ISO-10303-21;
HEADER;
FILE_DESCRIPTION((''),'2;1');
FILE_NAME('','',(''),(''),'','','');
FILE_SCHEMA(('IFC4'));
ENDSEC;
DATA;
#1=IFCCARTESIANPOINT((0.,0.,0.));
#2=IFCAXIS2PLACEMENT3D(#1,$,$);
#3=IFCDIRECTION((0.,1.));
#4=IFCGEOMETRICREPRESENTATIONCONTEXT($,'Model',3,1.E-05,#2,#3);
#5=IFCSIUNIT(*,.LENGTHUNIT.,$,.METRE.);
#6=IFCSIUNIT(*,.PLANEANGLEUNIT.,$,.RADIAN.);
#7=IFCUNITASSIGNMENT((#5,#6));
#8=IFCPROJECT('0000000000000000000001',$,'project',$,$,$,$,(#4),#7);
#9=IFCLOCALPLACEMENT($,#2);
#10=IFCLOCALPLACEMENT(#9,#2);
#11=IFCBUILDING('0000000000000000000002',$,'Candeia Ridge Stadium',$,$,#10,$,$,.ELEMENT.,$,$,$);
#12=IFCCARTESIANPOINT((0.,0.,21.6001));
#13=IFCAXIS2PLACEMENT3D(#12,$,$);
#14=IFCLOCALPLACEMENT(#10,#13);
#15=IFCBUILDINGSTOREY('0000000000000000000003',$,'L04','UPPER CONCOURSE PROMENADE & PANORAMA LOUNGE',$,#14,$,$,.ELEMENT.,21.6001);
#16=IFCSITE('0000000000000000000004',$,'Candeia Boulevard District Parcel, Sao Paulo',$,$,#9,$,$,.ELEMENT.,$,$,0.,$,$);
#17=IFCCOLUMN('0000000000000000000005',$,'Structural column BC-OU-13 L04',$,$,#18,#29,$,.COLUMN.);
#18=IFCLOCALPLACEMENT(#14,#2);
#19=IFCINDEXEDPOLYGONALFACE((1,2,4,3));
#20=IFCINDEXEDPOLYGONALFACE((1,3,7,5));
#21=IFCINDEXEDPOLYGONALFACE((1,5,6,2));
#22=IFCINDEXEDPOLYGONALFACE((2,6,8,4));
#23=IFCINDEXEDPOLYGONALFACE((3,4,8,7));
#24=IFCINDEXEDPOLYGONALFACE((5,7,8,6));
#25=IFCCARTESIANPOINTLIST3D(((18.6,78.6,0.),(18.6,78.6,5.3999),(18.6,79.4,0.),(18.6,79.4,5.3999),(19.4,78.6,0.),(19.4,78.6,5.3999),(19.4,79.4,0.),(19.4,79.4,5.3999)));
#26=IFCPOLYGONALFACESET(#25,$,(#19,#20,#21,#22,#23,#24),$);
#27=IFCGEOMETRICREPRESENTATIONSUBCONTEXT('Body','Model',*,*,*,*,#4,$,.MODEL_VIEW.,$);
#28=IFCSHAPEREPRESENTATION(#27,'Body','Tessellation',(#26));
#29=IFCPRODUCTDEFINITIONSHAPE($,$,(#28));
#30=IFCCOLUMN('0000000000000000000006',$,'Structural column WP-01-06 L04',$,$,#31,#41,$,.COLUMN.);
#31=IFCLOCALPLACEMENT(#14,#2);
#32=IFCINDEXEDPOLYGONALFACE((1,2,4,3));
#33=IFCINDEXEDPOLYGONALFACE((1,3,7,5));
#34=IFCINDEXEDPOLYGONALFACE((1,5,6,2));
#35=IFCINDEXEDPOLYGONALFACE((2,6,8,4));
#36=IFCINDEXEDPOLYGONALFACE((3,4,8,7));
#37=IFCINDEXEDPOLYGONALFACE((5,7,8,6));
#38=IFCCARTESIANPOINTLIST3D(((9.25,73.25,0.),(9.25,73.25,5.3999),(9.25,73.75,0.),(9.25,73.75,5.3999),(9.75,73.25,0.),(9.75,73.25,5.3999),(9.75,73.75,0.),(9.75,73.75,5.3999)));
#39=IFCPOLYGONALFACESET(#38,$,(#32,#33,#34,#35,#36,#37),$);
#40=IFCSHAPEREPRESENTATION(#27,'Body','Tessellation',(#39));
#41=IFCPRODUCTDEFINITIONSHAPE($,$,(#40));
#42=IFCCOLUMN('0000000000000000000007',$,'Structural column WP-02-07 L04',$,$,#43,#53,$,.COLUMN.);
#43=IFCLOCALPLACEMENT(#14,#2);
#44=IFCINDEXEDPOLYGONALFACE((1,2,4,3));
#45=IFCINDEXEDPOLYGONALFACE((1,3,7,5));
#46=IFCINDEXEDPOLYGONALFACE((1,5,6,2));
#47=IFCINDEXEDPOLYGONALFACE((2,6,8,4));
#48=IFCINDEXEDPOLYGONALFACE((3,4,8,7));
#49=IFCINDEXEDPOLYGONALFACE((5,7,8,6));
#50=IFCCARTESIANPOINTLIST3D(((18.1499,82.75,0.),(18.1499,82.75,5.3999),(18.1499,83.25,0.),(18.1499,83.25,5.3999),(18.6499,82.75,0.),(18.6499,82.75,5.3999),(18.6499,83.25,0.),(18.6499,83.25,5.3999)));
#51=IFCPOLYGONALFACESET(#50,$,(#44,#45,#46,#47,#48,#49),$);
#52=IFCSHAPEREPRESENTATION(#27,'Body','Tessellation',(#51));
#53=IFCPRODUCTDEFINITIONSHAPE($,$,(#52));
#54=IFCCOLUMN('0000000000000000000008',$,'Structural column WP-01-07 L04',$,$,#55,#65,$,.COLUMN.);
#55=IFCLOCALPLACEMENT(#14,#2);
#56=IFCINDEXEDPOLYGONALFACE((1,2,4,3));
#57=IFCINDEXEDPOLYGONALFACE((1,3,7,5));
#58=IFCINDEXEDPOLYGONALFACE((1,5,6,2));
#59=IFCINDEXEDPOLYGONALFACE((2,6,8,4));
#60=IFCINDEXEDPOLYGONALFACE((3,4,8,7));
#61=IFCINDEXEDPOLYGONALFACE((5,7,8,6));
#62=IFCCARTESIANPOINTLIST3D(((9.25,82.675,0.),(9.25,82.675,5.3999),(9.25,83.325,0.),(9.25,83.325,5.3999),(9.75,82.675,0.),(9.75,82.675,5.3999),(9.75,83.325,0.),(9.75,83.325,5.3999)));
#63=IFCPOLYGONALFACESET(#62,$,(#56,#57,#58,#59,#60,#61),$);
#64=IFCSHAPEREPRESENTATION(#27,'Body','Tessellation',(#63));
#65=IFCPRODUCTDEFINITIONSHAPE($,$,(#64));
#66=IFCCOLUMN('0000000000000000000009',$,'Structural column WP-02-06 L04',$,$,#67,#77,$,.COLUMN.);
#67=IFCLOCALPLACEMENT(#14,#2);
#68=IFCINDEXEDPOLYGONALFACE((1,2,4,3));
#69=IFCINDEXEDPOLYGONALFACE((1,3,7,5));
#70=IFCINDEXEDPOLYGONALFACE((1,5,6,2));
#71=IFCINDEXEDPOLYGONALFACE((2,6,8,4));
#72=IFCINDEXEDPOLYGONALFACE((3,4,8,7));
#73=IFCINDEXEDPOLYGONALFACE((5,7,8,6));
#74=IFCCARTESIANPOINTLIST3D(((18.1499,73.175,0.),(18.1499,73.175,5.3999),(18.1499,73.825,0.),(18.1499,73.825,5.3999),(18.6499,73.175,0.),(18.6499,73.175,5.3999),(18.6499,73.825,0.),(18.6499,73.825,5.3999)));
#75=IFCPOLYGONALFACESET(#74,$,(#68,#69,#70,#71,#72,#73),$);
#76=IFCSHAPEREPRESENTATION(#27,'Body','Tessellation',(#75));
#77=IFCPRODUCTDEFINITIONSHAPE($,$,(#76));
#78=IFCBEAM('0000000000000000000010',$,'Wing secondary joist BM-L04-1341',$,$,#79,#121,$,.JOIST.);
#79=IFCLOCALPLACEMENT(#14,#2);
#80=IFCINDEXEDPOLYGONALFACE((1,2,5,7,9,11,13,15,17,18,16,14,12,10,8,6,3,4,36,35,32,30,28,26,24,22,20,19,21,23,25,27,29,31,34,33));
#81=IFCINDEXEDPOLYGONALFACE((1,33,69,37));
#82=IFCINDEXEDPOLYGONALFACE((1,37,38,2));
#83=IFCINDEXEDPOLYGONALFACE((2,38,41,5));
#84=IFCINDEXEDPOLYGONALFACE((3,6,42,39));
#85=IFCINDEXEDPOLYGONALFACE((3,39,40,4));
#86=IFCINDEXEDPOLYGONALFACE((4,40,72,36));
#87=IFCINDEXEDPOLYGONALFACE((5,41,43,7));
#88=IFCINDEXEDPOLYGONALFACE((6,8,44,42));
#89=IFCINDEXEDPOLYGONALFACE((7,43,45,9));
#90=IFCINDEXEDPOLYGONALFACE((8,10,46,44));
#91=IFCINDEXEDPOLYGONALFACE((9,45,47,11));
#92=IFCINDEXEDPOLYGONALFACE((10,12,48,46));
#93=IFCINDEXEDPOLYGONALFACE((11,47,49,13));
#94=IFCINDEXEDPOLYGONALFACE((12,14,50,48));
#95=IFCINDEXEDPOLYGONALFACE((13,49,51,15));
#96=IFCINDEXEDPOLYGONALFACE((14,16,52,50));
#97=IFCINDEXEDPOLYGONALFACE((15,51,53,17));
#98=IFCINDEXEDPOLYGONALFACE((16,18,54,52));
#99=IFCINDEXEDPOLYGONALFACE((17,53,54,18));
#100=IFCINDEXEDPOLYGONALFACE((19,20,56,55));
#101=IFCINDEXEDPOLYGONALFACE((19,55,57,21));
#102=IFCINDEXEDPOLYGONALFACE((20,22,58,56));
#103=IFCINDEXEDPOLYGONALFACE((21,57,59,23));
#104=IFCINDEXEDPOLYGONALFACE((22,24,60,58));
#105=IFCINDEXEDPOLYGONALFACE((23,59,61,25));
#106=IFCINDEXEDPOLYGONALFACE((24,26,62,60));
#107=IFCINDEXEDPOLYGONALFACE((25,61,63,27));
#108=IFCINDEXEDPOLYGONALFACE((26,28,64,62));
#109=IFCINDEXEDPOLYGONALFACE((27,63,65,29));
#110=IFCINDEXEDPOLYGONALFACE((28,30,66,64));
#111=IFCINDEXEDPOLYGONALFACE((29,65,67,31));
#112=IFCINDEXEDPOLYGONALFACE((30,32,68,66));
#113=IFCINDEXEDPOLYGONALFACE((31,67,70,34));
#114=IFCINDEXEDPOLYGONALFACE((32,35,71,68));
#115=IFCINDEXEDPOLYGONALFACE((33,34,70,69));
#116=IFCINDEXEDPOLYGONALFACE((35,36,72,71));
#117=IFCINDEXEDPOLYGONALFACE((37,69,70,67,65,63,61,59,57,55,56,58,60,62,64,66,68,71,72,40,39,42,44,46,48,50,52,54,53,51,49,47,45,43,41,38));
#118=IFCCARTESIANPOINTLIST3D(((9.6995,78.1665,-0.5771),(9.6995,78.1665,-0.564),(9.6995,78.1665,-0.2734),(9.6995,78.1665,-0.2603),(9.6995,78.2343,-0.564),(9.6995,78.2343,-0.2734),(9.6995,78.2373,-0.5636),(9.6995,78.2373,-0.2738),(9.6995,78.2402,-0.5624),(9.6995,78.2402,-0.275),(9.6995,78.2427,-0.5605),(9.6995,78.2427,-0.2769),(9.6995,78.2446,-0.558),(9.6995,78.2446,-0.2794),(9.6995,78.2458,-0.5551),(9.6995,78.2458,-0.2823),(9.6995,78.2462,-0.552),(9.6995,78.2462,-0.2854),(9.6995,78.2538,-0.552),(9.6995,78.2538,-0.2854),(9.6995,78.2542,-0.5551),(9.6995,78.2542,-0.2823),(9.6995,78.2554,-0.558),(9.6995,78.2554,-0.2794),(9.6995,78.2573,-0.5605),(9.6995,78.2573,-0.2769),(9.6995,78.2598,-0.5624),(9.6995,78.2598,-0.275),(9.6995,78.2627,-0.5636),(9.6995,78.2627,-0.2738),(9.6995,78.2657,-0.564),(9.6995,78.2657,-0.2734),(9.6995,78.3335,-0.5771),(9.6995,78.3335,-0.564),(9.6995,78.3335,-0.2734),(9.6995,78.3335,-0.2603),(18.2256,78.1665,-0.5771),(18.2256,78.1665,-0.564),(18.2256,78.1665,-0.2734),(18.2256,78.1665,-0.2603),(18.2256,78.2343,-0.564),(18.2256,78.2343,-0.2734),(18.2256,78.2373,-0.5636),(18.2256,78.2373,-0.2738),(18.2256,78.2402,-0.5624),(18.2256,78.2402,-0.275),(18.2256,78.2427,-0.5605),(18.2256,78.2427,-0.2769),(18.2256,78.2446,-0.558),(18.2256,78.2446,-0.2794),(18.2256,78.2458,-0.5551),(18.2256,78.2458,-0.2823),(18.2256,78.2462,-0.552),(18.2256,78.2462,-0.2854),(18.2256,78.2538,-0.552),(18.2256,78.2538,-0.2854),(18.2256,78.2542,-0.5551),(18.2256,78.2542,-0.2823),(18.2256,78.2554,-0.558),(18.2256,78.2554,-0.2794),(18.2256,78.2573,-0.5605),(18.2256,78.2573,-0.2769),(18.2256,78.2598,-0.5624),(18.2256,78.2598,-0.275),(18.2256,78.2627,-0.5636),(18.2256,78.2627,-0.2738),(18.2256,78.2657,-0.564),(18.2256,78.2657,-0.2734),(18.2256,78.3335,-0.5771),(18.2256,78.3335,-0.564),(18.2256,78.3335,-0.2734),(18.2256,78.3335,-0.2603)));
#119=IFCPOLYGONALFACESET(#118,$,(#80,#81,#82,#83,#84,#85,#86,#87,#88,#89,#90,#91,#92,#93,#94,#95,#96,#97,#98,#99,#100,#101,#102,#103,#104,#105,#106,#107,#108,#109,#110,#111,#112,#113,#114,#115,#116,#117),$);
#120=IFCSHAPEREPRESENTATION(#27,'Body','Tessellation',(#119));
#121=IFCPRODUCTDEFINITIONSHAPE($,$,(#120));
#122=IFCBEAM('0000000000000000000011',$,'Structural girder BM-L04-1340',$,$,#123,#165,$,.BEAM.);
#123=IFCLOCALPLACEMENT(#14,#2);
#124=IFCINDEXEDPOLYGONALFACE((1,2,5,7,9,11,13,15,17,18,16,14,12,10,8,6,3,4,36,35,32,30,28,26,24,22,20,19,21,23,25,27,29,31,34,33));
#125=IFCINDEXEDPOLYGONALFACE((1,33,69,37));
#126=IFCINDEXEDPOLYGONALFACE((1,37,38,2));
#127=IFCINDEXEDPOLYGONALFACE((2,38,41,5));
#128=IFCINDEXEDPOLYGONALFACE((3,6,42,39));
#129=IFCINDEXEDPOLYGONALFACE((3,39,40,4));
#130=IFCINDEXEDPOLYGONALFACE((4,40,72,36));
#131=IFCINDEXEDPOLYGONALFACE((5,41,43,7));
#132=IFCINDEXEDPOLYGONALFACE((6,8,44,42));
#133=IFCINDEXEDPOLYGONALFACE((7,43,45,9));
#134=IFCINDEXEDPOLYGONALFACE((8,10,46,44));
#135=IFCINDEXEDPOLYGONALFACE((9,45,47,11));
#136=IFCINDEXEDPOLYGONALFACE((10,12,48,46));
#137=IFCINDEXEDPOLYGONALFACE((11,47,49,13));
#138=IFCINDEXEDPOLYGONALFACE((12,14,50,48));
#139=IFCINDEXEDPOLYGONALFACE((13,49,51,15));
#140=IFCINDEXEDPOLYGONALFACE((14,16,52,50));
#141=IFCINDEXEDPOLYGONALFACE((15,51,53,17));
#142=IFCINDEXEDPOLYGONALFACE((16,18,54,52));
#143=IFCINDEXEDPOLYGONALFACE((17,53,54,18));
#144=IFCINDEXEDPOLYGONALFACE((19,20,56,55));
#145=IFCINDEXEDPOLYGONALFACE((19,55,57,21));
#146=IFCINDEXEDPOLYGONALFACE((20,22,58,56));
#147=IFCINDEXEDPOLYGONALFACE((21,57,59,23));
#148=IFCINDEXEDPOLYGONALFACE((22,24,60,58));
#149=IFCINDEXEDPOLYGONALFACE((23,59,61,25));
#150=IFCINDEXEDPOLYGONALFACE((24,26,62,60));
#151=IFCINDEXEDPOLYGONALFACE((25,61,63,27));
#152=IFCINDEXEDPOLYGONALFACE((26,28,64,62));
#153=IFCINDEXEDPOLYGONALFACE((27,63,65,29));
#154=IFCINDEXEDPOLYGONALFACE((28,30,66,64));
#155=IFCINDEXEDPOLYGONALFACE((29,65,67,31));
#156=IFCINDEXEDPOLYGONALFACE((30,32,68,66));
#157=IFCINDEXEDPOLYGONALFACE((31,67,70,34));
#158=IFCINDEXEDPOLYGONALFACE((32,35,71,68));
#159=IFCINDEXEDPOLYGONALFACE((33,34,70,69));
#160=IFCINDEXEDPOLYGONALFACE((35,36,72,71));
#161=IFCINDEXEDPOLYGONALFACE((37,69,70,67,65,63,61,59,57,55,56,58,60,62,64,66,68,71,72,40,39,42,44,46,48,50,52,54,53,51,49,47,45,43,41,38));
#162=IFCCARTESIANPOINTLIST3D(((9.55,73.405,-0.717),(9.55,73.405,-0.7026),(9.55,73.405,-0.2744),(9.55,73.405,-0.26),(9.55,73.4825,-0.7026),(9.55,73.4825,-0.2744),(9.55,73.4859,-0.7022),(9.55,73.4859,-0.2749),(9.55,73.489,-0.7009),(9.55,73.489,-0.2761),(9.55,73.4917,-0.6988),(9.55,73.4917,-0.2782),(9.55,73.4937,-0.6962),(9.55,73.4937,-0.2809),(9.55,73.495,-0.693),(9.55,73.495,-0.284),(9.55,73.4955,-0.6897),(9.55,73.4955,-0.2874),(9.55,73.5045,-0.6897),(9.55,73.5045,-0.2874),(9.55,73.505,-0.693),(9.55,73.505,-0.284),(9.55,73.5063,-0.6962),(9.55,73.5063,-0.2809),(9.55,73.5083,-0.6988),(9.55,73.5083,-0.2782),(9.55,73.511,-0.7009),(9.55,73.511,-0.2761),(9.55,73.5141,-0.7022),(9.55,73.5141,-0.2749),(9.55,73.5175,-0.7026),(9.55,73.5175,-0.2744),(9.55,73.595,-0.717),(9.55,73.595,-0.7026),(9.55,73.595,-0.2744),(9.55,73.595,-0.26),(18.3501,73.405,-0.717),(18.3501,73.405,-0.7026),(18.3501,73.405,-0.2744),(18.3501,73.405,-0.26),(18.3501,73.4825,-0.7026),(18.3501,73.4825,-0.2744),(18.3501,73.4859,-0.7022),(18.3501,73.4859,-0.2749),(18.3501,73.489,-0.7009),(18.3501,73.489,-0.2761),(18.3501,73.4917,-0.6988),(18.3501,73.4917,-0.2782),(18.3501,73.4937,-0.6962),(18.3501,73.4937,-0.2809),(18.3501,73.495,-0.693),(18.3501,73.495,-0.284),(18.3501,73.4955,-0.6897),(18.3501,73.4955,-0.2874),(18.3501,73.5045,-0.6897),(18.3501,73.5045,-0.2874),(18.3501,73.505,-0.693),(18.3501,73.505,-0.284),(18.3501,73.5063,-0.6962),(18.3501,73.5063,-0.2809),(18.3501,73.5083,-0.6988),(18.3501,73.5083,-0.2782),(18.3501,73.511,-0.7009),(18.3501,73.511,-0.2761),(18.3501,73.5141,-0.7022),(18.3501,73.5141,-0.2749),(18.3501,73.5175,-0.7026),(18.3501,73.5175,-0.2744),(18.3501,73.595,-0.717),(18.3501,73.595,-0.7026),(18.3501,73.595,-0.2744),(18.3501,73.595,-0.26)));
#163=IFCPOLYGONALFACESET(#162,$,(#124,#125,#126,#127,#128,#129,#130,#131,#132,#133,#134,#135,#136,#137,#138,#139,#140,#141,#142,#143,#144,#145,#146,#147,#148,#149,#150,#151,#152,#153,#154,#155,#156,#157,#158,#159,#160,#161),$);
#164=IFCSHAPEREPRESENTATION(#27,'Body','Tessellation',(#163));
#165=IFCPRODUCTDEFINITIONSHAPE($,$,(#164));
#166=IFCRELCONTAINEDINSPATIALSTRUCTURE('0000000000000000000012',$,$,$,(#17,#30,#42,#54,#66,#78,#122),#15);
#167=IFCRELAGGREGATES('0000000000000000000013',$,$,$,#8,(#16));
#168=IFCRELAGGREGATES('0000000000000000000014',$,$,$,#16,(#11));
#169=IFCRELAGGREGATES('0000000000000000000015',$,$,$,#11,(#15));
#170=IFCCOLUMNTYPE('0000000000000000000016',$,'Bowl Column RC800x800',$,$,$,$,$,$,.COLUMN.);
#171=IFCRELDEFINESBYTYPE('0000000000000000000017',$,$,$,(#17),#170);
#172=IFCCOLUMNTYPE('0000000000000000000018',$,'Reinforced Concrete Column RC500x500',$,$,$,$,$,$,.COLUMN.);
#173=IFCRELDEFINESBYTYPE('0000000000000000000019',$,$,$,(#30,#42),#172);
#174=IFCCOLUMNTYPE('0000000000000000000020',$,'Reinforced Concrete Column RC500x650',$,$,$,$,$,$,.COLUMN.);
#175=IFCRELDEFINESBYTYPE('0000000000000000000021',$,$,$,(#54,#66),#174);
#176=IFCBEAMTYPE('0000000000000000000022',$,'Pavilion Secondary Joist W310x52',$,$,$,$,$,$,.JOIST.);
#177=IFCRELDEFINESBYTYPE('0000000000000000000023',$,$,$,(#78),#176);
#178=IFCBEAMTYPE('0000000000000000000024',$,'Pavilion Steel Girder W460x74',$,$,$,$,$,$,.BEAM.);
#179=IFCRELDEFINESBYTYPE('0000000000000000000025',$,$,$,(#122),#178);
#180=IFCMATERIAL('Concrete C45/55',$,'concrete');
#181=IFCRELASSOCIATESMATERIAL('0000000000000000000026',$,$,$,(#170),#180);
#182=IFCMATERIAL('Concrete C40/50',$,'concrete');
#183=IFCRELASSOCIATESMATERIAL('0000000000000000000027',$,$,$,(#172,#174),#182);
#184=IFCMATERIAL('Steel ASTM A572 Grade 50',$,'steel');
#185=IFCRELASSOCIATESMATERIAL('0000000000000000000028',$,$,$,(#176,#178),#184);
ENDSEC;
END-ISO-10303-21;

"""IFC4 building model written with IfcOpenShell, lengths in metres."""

from ifc_helpers import new_model, si_unit, direction, frame, origin, origin_2d, place, context, subcontext, project, spatial, rectangle, i_section, extrude, material, material_profile, profile_set, type_object, element, save


model = new_model("IFC4")

# Units and contexts
model_context = context("Model", 3, precision=1e-05, world=origin(), true_north=direction((0.0, 1.0)))
body_context = subcontext(model_context, "Body", "Model", "MODEL_VIEW")
ifc_project = project(units=[si_unit("LENGTHUNIT", "METRE"), si_unit("PLANEANGLEUNIT", "RADIAN")], contexts=[model_context])

# Site, building, storey
site_placement = place(None, origin())
site = spatial("IfcSite", under=ifc_project, at=site_placement, Name="Candeia Boulevard District Parcel, Sao Paulo", CompositionType="ELEMENT", RefElevation=0.0)
building_placement = place(site_placement, origin())
building = spatial("IfcBuilding", under=site, at=building_placement, Name="Candeia Ridge Stadium", CompositionType="ELEMENT")
storey_placement = place(building_placement, frame((0.0, 0.0, 21.6001)))
storey = spatial("IfcBuildingStorey", under=building, at=storey_placement, Name="L04", Description="UPPER CONCOURSE PROMENADE & PANORAMA LOUNGE", CompositionType="ELEMENT", Elevation=21.6001)

# Columns
ifc_material_1 = material(Name="Concrete C45/55", Category="concrete")
ifc_material_profile_1 = material_profile(ifc_material_1, rectangle(XDim=0.8, YDim=0.8, at=origin_2d()), Name="RC800x800", Category="concrete")
ifc_profile_set_1 = profile_set([ifc_material_profile_1], Name="Concrete C45/55")
column_type_1 = type_object("IfcColumnType", Name="Bowl Column RC800x800", PredefinedType="COLUMN", material=ifc_profile_set_1)
column_placement = place(storey_placement, frame((19.0, 79.0, 0.0), z_axis=(0.0, 0.0, 1.0), x_axis=(1.0, 0.0, 0.0)))
element("IfcColumn", 1, at=column_placement, inside=storey, type_object=column_type_1, Name="Structural column BC-OU-13 L04", PredefinedType="COLUMN", context=body_context, shape_type="SweptSolid", body=[
    extrude(rectangle(XDim=0.8, YDim=0.8, at=origin_2d()), origin(), (0.0, 0.0, 1.0), 5.3999),
])
ifc_material_2 = material(Name="Concrete C40/50", Category="concrete")
ifc_material_profile_2 = material_profile(ifc_material_2, rectangle(XDim=0.5, YDim=0.5, at=origin_2d()), Name="RC500x500", Category="concrete")
ifc_profile_set_2 = profile_set([ifc_material_profile_2], Name="Concrete C40/50")
column_type_2 = type_object("IfcColumnType", Name="Reinforced Concrete Column RC500x500", PredefinedType="COLUMN", material=ifc_profile_set_2)
for number, where, z_axis, x_axis, name in (
    (2, (9.5, 73.5, 0.0), (0.0, 0.0, 1.0), (1.0, 0.0, 0.0), "Structural column WP-01-06 L04"),
    (3, (18.3999, 83.0, 0.0), (0.0, 0.0, 1.0), (1.0, 0.0, 0.0), "Structural column WP-02-07 L04"),
):
    element("IfcColumn", number, at=place(storey_placement, frame(where, z_axis=z_axis, x_axis=x_axis)), inside=storey, type_object=column_type_2, Name=name, PredefinedType="COLUMN", context=body_context, shape_type="SweptSolid", body=[
        extrude(rectangle(XDim=0.5, YDim=0.5, at=origin_2d()), origin(), (0.0, 0.0, 1.0), 5.3999),
    ])
ifc_material_profile_3 = material_profile(ifc_material_2, rectangle(XDim=0.5, YDim=0.6499, at=origin_2d()), Name="RC500x650", Category="concrete")
ifc_profile_set_3 = profile_set([ifc_material_profile_3], Name="Concrete C40/50")
column_type_3 = type_object("IfcColumnType", Name="Reinforced Concrete Column RC500x650", PredefinedType="COLUMN", material=ifc_profile_set_3)
for number, where, z_axis, x_axis, name in (
    (4, (9.5, 83.0, 0.0), (0.0, 0.0, 1.0), (1.0, 0.0, 0.0), "Structural column WP-01-07 L04"),
    (5, (18.3999, 73.5, 0.0), (0.0, 0.0, 1.0), (1.0, 0.0, 0.0), "Structural column WP-02-06 L04"),
):
    element("IfcColumn", number, at=place(storey_placement, frame(where, z_axis=z_axis, x_axis=x_axis)), inside=storey, type_object=column_type_3, Name=name, PredefinedType="COLUMN", context=body_context, shape_type="SweptSolid", body=[
        extrude(rectangle(XDim=0.5, YDim=0.6499, at=origin_2d()), origin(), (0.0, 0.0, 1.0), 5.3999),
    ])

# Beams
ifc_material_3 = material(Name="Steel ASTM A572 Grade 50", Category="steel")
ifc_material_profile_4 = material_profile(ifc_material_3, i_section(OverallWidth=0.167, OverallDepth=0.3169, WebThickness=0.0076, FlangeThickness=0.0132, FilletRadius=0.012, at=origin_2d()), Name="W310x52", Category="steel")
ifc_profile_set_4 = profile_set([ifc_material_profile_4], Name="Steel ASTM A572 Grade 50")
beam_type_1 = type_object("IfcBeamType", Name="Pavilion Secondary Joist W310x52", PredefinedType="JOIST", material=ifc_profile_set_4)
beam_1_placement = place(storey_placement, frame((9.6995, 78.25, -0.4187), z_axis=(1.0, 0.0, 0.0), x_axis=(0.0, 1.0, 0.0)))
element("IfcBeam", 6, at=beam_1_placement, inside=storey, type_object=beam_type_1, Name="Wing secondary joist BM-L04-1341", PredefinedType="JOIST", context=body_context, shape_type="SweptSolid", body=[
    extrude(i_section(OverallWidth=0.167, OverallDepth=0.3169, WebThickness=0.0076, FlangeThickness=0.0132, FilletRadius=0.012, at=origin_2d()), origin(), (0.0, 0.0, 1.0), 8.5261),
])
ifc_material_profile_5 = material_profile(ifc_material_3, i_section(OverallWidth=0.1899, OverallDepth=0.457, WebThickness=0.009, FlangeThickness=0.0144, FilletRadius=0.0129, at=origin_2d()), Name="W460x74", Category="steel")
ifc_profile_set_5 = profile_set([ifc_material_profile_5], Name="Steel ASTM A572 Grade 50")
beam_type_2 = type_object("IfcBeamType", Name="Pavilion Steel Girder W460x74", PredefinedType="BEAM", material=ifc_profile_set_5)
for number, where, z_axis, x_axis, name in (
    (7, (9.55, 73.5, -0.4885), (1.0, 0.0, 0.0), (0.0, 1.0, 0.0), "Structural girder BM-L04-1340"),
):
    element("IfcBeam", number, at=place(storey_placement, frame(where, z_axis=z_axis, x_axis=x_axis)), inside=storey, type_object=beam_type_2, Name=name, PredefinedType="BEAM", context=body_context, shape_type="SweptSolid", body=[
        extrude(i_section(OverallWidth=0.1899, OverallDepth=0.457, WebThickness=0.009, FlangeThickness=0.0144, FilletRadius=0.0129, at=origin_2d()), origin(), (0.0, 0.0, 1.0), 8.8),
    ])

save(model, "model.ifc")
